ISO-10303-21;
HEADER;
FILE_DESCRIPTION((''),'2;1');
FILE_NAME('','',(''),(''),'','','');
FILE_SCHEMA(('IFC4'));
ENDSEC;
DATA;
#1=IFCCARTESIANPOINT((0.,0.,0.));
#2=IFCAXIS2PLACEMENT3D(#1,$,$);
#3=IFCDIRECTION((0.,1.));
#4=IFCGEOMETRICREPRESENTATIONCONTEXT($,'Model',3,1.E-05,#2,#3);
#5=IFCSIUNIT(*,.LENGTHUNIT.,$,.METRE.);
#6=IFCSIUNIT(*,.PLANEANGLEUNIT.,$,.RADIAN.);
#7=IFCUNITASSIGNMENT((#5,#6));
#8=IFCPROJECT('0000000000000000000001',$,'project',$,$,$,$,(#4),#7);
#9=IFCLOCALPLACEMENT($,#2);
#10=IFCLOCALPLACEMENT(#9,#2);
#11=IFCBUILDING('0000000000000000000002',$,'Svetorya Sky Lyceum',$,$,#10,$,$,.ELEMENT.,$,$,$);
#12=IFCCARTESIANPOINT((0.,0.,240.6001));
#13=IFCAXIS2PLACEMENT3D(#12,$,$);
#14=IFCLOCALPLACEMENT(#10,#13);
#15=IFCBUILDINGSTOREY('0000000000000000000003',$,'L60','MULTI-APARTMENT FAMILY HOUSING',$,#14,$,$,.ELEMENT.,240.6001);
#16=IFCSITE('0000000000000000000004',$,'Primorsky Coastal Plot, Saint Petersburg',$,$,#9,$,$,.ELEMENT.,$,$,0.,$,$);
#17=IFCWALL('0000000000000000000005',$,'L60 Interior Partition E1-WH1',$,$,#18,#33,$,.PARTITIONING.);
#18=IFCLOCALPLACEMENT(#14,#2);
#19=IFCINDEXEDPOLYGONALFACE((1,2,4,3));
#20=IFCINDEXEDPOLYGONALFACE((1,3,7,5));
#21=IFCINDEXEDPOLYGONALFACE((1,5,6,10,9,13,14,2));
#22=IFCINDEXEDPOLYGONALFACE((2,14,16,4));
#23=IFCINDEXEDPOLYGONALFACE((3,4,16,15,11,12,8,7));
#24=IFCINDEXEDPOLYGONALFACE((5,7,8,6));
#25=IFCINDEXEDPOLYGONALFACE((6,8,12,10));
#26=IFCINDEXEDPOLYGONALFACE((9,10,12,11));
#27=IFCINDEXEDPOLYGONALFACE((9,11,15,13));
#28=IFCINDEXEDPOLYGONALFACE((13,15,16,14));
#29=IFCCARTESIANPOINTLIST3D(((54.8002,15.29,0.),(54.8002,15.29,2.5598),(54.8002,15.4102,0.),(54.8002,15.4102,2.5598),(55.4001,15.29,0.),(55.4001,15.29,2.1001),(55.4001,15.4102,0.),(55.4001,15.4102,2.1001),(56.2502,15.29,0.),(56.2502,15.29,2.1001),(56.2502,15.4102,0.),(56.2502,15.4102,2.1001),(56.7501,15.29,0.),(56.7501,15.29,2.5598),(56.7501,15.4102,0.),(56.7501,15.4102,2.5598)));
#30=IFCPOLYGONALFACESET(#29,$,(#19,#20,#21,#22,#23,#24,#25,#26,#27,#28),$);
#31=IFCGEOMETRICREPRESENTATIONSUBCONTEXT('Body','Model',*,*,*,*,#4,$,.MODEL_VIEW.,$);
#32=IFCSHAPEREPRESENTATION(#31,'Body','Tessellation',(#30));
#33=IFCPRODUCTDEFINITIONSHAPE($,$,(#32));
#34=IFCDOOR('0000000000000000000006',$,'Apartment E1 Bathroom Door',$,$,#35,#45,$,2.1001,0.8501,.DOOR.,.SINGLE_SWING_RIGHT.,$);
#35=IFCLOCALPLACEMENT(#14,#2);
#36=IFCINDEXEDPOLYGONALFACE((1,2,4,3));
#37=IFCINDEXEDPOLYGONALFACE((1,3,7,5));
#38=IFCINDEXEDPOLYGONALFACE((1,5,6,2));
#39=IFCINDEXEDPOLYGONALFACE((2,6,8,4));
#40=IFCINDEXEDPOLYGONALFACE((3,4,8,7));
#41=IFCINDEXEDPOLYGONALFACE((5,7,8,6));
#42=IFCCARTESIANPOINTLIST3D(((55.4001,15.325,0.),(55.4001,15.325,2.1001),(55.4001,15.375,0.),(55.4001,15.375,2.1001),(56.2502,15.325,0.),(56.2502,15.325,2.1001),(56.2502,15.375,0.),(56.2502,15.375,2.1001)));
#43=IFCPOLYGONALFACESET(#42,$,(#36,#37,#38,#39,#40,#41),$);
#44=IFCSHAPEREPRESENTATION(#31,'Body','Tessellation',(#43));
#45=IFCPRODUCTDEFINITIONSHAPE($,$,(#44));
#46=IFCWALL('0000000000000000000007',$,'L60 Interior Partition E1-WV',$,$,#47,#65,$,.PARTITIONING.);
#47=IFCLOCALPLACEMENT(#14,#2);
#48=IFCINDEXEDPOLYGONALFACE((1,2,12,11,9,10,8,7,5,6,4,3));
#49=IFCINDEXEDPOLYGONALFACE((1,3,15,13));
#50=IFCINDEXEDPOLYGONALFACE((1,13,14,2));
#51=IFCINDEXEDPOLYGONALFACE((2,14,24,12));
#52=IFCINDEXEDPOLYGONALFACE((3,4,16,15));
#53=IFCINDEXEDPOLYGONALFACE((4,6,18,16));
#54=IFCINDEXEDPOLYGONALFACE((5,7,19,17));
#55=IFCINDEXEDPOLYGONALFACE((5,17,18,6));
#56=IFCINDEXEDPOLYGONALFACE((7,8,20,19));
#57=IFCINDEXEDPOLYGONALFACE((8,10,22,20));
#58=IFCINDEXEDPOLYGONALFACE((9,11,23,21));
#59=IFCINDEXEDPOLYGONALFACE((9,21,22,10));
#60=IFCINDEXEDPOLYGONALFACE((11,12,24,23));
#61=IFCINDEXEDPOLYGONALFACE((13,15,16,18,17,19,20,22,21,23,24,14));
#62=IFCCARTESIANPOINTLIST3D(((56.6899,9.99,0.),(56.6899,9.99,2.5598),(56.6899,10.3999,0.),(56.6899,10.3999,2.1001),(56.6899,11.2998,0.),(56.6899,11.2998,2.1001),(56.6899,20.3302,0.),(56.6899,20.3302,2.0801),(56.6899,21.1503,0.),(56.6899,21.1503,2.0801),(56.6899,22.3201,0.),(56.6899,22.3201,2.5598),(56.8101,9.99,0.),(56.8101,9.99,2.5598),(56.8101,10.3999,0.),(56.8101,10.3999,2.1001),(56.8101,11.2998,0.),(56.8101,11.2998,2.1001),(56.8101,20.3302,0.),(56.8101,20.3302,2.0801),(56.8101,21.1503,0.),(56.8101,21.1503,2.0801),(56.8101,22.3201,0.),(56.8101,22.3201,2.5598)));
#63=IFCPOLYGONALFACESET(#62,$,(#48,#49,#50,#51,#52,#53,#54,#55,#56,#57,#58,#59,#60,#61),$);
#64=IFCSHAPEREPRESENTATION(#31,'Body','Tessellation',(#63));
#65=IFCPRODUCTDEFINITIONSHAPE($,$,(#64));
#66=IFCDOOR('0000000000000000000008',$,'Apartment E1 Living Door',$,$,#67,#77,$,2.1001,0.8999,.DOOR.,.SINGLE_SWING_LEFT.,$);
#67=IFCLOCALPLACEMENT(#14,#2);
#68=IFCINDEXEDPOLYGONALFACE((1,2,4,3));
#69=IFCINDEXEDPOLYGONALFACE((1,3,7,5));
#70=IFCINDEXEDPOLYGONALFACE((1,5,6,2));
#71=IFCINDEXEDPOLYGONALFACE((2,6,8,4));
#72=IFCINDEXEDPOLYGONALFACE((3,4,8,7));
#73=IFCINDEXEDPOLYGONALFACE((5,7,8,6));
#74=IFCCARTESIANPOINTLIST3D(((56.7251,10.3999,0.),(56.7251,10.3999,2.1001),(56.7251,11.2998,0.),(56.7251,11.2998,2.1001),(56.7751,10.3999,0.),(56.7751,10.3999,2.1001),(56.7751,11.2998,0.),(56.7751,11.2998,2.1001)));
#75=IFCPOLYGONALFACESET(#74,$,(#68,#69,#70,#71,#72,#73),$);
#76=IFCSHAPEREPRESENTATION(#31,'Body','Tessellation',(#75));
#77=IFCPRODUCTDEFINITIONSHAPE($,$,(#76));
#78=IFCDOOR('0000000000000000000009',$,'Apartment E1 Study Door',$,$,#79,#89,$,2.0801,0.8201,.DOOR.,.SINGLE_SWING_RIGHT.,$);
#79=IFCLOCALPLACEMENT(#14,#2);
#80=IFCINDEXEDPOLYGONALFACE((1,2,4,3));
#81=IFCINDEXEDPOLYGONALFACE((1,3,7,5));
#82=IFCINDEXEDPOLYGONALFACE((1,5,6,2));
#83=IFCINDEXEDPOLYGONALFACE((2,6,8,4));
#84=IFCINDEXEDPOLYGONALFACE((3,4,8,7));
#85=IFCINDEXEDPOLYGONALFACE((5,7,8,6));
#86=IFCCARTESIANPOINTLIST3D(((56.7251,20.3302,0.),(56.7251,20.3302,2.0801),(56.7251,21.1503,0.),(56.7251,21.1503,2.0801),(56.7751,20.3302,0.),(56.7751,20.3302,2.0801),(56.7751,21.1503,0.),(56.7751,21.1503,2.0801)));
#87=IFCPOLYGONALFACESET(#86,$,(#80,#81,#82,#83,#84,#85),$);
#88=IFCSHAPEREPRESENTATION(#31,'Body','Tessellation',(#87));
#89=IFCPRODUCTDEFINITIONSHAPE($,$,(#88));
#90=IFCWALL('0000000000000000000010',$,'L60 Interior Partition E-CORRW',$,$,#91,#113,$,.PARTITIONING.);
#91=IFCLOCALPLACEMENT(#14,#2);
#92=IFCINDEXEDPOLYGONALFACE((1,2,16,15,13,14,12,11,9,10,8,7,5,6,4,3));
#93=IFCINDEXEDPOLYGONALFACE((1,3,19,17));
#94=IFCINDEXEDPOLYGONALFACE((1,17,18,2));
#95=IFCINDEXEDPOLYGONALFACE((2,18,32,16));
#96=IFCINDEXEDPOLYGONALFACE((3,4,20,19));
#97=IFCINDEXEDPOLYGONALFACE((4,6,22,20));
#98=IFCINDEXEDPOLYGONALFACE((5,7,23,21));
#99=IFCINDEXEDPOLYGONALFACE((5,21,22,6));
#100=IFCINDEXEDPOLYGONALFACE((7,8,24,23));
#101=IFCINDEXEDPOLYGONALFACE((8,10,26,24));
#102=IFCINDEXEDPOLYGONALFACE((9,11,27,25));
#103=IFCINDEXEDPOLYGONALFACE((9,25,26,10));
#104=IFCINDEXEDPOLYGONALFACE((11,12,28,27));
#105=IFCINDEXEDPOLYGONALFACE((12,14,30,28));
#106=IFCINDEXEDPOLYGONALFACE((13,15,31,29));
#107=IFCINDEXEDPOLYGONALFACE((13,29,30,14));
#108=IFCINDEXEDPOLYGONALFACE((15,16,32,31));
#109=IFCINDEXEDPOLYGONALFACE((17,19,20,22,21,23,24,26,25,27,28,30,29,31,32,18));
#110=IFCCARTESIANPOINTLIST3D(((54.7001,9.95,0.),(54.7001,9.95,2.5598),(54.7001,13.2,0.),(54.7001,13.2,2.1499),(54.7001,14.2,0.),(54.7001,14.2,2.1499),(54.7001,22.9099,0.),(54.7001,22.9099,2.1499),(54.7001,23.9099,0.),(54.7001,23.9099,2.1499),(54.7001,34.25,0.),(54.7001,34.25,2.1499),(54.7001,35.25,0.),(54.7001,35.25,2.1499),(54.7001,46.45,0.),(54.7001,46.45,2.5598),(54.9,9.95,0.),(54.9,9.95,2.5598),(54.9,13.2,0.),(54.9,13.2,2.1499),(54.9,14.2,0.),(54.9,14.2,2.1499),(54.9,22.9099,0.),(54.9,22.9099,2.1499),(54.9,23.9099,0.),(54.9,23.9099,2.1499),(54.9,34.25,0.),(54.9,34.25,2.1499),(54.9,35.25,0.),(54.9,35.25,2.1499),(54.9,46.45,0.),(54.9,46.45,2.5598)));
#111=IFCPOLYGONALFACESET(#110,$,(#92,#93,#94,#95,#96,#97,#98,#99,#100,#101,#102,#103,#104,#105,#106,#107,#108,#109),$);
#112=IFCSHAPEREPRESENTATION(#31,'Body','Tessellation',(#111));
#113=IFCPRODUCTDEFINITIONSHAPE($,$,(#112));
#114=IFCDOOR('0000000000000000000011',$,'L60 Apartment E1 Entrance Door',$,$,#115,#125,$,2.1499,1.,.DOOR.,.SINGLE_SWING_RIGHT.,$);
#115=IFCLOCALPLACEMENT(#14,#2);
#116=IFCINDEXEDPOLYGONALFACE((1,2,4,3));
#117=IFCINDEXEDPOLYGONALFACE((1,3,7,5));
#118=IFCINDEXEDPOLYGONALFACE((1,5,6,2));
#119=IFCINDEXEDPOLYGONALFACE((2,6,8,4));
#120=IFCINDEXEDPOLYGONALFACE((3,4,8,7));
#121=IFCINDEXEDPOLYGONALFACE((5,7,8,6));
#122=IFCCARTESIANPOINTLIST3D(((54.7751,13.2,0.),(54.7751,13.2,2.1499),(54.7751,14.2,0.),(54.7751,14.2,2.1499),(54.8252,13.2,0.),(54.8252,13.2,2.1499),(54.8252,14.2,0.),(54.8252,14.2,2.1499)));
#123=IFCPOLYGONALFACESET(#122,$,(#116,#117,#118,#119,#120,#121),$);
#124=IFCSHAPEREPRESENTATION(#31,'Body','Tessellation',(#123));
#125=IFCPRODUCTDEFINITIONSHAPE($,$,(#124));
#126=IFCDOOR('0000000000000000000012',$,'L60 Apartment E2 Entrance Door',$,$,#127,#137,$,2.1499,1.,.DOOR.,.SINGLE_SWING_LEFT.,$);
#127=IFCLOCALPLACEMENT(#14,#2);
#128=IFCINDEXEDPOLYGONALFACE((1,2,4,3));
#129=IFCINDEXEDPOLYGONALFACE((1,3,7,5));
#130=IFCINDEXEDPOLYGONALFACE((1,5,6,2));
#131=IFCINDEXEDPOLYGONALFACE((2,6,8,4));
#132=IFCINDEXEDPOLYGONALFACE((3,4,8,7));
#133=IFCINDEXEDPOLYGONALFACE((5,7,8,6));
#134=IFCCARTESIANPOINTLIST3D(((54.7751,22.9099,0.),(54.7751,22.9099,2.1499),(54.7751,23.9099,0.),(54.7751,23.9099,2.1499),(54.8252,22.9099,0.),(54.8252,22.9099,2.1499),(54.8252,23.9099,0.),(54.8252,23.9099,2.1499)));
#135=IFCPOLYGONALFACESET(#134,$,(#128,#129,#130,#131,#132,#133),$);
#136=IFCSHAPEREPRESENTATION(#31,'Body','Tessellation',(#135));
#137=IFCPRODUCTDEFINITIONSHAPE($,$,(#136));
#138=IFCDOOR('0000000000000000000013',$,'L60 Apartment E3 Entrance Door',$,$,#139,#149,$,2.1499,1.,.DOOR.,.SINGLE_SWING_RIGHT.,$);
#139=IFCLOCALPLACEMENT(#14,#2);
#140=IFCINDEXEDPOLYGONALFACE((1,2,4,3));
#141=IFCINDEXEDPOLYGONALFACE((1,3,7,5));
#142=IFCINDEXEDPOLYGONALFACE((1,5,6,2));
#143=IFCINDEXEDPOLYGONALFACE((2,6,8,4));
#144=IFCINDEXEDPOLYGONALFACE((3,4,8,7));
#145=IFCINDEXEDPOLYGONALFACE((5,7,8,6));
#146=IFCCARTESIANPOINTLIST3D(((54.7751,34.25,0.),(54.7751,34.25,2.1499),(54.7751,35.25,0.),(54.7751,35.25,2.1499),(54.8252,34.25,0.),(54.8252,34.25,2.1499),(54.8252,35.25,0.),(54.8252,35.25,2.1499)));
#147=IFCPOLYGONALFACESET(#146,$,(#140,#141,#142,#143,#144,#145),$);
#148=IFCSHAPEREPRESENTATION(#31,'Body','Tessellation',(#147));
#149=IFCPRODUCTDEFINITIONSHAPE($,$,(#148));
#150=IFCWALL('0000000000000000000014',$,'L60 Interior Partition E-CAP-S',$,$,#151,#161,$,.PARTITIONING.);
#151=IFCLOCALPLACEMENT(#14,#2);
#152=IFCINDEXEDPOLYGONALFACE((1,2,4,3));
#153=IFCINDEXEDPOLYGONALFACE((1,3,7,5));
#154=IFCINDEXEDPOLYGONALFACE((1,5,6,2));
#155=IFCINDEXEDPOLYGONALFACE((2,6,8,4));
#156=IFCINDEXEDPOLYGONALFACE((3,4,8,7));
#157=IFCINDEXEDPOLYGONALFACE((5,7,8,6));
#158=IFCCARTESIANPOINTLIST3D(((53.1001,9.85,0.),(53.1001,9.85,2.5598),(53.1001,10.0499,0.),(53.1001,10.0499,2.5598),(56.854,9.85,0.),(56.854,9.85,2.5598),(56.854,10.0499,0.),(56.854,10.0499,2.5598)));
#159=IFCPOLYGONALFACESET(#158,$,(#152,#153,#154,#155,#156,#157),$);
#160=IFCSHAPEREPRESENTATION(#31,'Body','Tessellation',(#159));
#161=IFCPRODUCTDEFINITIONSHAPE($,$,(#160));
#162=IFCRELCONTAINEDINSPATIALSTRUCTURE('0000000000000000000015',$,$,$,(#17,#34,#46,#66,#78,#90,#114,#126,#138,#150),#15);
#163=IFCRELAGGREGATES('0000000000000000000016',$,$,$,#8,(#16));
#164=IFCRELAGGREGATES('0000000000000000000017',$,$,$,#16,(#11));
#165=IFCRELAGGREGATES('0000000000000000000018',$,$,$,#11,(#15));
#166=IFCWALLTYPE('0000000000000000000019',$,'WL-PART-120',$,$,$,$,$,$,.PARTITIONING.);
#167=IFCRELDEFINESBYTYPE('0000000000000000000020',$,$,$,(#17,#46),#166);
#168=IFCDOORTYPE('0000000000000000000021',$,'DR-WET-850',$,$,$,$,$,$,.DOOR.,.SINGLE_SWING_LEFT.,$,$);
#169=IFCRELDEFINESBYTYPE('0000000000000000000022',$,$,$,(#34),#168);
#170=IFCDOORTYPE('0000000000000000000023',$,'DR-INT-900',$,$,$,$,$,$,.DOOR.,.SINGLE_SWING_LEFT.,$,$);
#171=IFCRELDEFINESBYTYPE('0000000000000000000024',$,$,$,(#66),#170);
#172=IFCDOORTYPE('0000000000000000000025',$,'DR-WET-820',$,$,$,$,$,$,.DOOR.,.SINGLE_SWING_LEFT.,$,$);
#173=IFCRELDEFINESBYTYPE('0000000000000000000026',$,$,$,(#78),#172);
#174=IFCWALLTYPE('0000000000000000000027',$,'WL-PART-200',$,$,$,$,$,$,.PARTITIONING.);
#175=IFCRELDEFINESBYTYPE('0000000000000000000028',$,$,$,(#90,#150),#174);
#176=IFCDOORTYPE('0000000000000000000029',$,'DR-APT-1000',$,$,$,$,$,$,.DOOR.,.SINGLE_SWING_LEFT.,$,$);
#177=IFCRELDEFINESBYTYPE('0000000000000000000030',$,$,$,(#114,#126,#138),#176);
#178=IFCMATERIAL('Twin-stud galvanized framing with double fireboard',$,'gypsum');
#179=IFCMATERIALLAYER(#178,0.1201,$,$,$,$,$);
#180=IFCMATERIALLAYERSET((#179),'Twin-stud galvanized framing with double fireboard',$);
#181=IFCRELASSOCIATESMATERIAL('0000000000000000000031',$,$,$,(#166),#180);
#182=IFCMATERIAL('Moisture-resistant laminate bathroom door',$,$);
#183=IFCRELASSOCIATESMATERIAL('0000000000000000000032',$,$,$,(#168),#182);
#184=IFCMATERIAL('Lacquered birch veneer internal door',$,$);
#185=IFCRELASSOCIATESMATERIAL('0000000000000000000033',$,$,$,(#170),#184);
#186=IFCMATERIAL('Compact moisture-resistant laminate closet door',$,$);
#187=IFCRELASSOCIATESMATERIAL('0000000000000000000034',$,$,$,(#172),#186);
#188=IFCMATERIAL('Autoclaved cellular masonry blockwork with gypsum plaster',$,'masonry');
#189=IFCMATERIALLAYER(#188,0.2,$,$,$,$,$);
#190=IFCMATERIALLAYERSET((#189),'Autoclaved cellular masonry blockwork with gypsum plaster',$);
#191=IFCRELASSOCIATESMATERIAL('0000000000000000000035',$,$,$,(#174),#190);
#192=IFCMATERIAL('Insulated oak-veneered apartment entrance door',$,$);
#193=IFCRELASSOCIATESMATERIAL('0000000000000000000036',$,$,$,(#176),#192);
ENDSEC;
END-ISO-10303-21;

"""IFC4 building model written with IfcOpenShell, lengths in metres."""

from ifc_helpers import new_model, si_unit, direction, frame, frame_2d, origin, place, context, subcontext, project, spatial, rectangle, extrude, material, layer, layer_set, type_object, element, fill, save


model = new_model("IFC4")

# Units and contexts
model_context = context("Model", 3, precision=1e-05, world=origin(), true_north=direction((0.0, 1.0)))
body_context = subcontext(model_context, "Body", "Model", "MODEL_VIEW")
ifc_project = project(units=[si_unit("LENGTHUNIT", "METRE"), si_unit("PLANEANGLEUNIT", "RADIAN")], contexts=[model_context])

# Site, building, storey
site_placement = place(None, origin())
site = spatial("IfcSite", under=ifc_project, at=site_placement, Name="Primorsky Coastal Plot, Saint Petersburg", CompositionType="ELEMENT", RefElevation=0.0)
building_placement = place(site_placement, origin())
building = spatial("IfcBuilding", under=site, at=building_placement, Name="Svetorya Sky Lyceum", CompositionType="ELEMENT")
storey_placement = place(building_placement, frame((0.0, 0.0, 240.6001)))
storey = spatial("IfcBuildingStorey", under=building, at=storey_placement, Name="L60", Description="MULTI-APARTMENT FAMILY HOUSING", CompositionType="ELEMENT", Elevation=240.6001)

# Wall, opening, door
ifc_material_1 = material(Name="Twin-stud galvanized framing with double fireboard", Category="gypsum")
ifc_layer_1 = layer(ifc_material_1, 0.1201)
ifc_layer_set_1 = layer_set([ifc_layer_1], Name="Twin-stud galvanized framing with double fireboard")
wall_type_1 = type_object("IfcWallType", Name="WL-PART-120", PredefinedType="PARTITIONING", material=ifc_layer_set_1)
wall_1_placement = place(storey_placement, frame((54.8, 15.3501, 0.0), z_axis=(0.0, 0.0, 1.0), x_axis=(1.0, 0.0, 0.0)))
wall_1 = element("IfcWall", 1, at=wall_1_placement, inside=storey, type_object=wall_type_1, Name="L60 Interior Partition E1-WH1", PredefinedType="PARTITIONING", context=body_context, shape_type="SweptSolid", body=[
    extrude(rectangle(XDim=1.95, YDim=0.1201, at=frame_2d((0.9751, 0.0))), origin(), (0.0, 0.0, 1.0), 2.5598),
])
opening_1_placement = place(wall_1_placement, frame((0.6001, 0.0, 0.0)))
opening_1 = element("IfcOpeningElement", 2, at=opening_1_placement, cuts=wall_1, PredefinedType="OPENING", context=body_context, shape_type="SweptSolid", body=[
    extrude(rectangle(XDim=0.8501, YDim=2.1001, at=frame_2d((0.425, 1.05))), frame((0.0, 0.0701, 0.0), z_axis=(0.0, -1.0, 0.0), x_axis=(1.0, 0.0, 0.0)), (0.0, 0.0, 1.0), 0.1401),
])
ifc_material_2 = material(Name="Moisture-resistant laminate bathroom door")
door_type_1 = type_object("IfcDoorType", Name="DR-WET-850", OperationType="SINGLE_SWING_LEFT", PredefinedType="DOOR", material=ifc_material_2)
door_1_placement = place(opening_1_placement, origin())
door_1 = element("IfcDoor", 3, at=door_1_placement, inside=storey, type_object=door_type_1, Name="Apartment E1 Bathroom Door", OperationType="SINGLE_SWING_RIGHT", OverallHeight=2.1001, OverallWidth=0.8501, PredefinedType="DOOR", context=body_context, shape_type="SweptSolid", body=[
    extrude(rectangle(XDim=0.8501, YDim=2.1001, at=frame_2d((0.425, 1.05))), frame((0.0, 0.0249, 0.0), z_axis=(0.0, -1.0, 0.0), x_axis=(1.0, 0.0, 0.0)), (0.0, 0.0, 1.0), 0.05),
])
fill(opening_1, door_1)

# Walls, openings, doors
wall_2_placement = place(storey_placement, frame((56.75, 9.99, 0.0), z_axis=(0.0, 0.0, 1.0), x_axis=(0.0, 1.0, 0.0)))
wall_2 = element("IfcWall", 4, at=wall_2_placement, inside=storey, type_object=wall_type_1, Name="L60 Interior Partition E1-WV", PredefinedType="PARTITIONING", context=body_context, shape_type="SweptSolid", body=[
    extrude(rectangle(XDim=12.3301, YDim=0.1201, at=frame_2d((6.165, 0.0))), origin(), (0.0, 0.0, 1.0), 2.5598),
])
opening_2_placement = place(wall_2_placement, frame((0.4099, 0.0, 0.0)))
opening_2 = element("IfcOpeningElement", 5, at=opening_2_placement, cuts=wall_2, PredefinedType="OPENING", context=body_context, shape_type="SweptSolid", body=[
    extrude(rectangle(XDim=0.8999, YDim=2.1001, at=frame_2d((0.45, 1.05))), frame((0.0, 0.0701, 0.0), z_axis=(0.0, -1.0, 0.0), x_axis=(1.0, 0.0, 0.0)), (0.0, 0.0, 1.0), 0.1401),
])
opening_3_placement = place(wall_2_placement, frame((10.3401, 0.0, 0.0)))
opening_3 = element("IfcOpeningElement", 6, at=opening_3_placement, cuts=wall_2, PredefinedType="OPENING", context=body_context, shape_type="SweptSolid", body=[
    extrude(rectangle(XDim=0.8201, YDim=2.0801, at=frame_2d((0.4102, 1.04))), frame((0.0, 0.0701, 0.0), z_axis=(0.0, -1.0, 0.0), x_axis=(1.0, 0.0, 0.0)), (0.0, 0.0, 1.0), 0.1401),
])
ifc_material_3 = material(Name="Lacquered birch veneer internal door")
door_type_2 = type_object("IfcDoorType", Name="DR-INT-900", OperationType="SINGLE_SWING_LEFT", PredefinedType="DOOR", material=ifc_material_3)
door_2_placement = place(opening_2_placement, origin())
door_2 = element("IfcDoor", 7, at=door_2_placement, inside=storey, type_object=door_type_2, Name="Apartment E1 Living Door", OperationType="SINGLE_SWING_LEFT", OverallHeight=2.1001, OverallWidth=0.8999, PredefinedType="DOOR", context=body_context, shape_type="SweptSolid", body=[
    extrude(rectangle(XDim=0.8999, YDim=2.1001, at=frame_2d((0.45, 1.05))), frame((0.0, 0.0249, 0.0), z_axis=(0.0, -1.0, 0.0), x_axis=(1.0, 0.0, 0.0)), (0.0, 0.0, 1.0), 0.05),
])
fill(opening_2, door_2)
ifc_material_4 = material(Name="Compact moisture-resistant laminate closet door")
door_type_3 = type_object("IfcDoorType", Name="DR-WET-820", OperationType="SINGLE_SWING_LEFT", PredefinedType="DOOR", material=ifc_material_4)
door_3_placement = place(opening_3_placement, origin())
door_3 = element("IfcDoor", 8, at=door_3_placement, inside=storey, type_object=door_type_3, Name="Apartment E1 Study Door", OperationType="SINGLE_SWING_RIGHT", OverallHeight=2.0801, OverallWidth=0.8201, PredefinedType="DOOR", context=body_context, shape_type="SweptSolid", body=[
    extrude(rectangle(XDim=0.8201, YDim=2.0801, at=frame_2d((0.4102, 1.04))), frame((0.0, 0.0249, 0.0), z_axis=(0.0, -1.0, 0.0), x_axis=(1.0, 0.0, 0.0)), (0.0, 0.0, 1.0), 0.05),
])
fill(opening_3, door_3)
ifc_material_5 = material(Name="Autoclaved cellular masonry blockwork with gypsum plaster", Category="masonry")
ifc_layer_2 = layer(ifc_material_5, 0.2)
ifc_layer_set_2 = layer_set([ifc_layer_2], Name="Autoclaved cellular masonry blockwork with gypsum plaster")
wall_type_2 = type_object("IfcWallType", Name="WL-PART-200", PredefinedType="PARTITIONING", material=ifc_layer_set_2)
wall_3_placement = place(storey_placement, frame((54.8, 9.95, 0.0), z_axis=(0.0, 0.0, 1.0), x_axis=(0.0, 1.0, 0.0)))
wall_3 = element("IfcWall", 9, at=wall_3_placement, inside=storey, type_object=wall_type_2, Name="L60 Interior Partition E-CORRW", PredefinedType="PARTITIONING", context=body_context, shape_type="SweptSolid", body=[
    extrude(rectangle(XDim=36.5, YDim=0.2, at=frame_2d((18.25, 0.0))), origin(), (0.0, 0.0, 1.0), 2.5598),
])
opening_4_placement = place(wall_3_placement, frame((3.25, 0.0, 0.0)))
opening_4 = element("IfcOpeningElement", 10, at=opening_4_placement, cuts=wall_3, PredefinedType="OPENING", context=body_context, shape_type="SweptSolid", body=[
    extrude(rectangle(XDim=1.0, YDim=2.1499, at=frame_2d((0.5, 1.075))), frame((0.0, 0.1099, 0.0), z_axis=(0.0, -1.0, 0.0), x_axis=(1.0, 0.0, 0.0)), (0.0, 0.0, 1.0), 0.22),
])
opening_5_placement = place(wall_3_placement, frame((12.96, 0.0, 0.0)))
opening_5 = element("IfcOpeningElement", 11, at=opening_5_placement, cuts=wall_3, PredefinedType="OPENING", context=body_context, shape_type="SweptSolid", body=[
    extrude(rectangle(XDim=1.0, YDim=2.1499, at=frame_2d((0.5, 1.075))), frame((0.0, 0.1099, 0.0), z_axis=(0.0, -1.0, 0.0), x_axis=(1.0, 0.0, 0.0)), (0.0, 0.0, 1.0), 0.22),
])
opening_6_placement = place(wall_3_placement, frame((24.3, 0.0, 0.0)))
opening_6 = element("IfcOpeningElement", 12, at=opening_6_placement, cuts=wall_3, PredefinedType="OPENING", context=body_context, shape_type="SweptSolid", body=[
    extrude(rectangle(XDim=1.0, YDim=2.1499, at=frame_2d((0.5, 1.075))), frame((0.0, 0.1099, 0.0), z_axis=(0.0, -1.0, 0.0), x_axis=(1.0, 0.0, 0.0)), (0.0, 0.0, 1.0), 0.22),
])
ifc_material_6 = material(Name="Insulated oak-veneered apartment entrance door")
door_type_4 = type_object("IfcDoorType", Name="DR-APT-1000", OperationType="SINGLE_SWING_LEFT", PredefinedType="DOOR", material=ifc_material_6)
door_4_placement = place(opening_4_placement, origin())
door_4 = element("IfcDoor", 13, at=door_4_placement, inside=storey, type_object=door_type_4, Name="L60 Apartment E1 Entrance Door", OperationType="SINGLE_SWING_RIGHT", OverallHeight=2.1499, OverallWidth=1.0, PredefinedType="DOOR", context=body_context, shape_type="SweptSolid", body=[
    extrude(rectangle(XDim=1.0, YDim=2.1499, at=frame_2d((0.5, 1.075))), frame((0.0, 0.0249, 0.0), z_axis=(0.0, -1.0, 0.0), x_axis=(1.0, 0.0, 0.0)), (0.0, 0.0, 1.0), 0.05),
])
fill(opening_4, door_4)
door_5_placement = place(opening_5_placement, origin())
door_5 = element("IfcDoor", 14, at=door_5_placement, inside=storey, type_object=door_type_4, Name="L60 Apartment E2 Entrance Door", OperationType="SINGLE_SWING_LEFT", OverallHeight=2.1499, OverallWidth=1.0, PredefinedType="DOOR", context=body_context, shape_type="SweptSolid", body=[
    extrude(rectangle(XDim=1.0, YDim=2.1499, at=frame_2d((0.5, 1.075))), frame((0.0, 0.0249, 0.0), z_axis=(0.0, -1.0, 0.0), x_axis=(1.0, 0.0, 0.0)), (0.0, 0.0, 1.0), 0.05),
])
fill(opening_5, door_5)
door_6_placement = place(opening_6_placement, origin())
door_6 = element("IfcDoor", 15, at=door_6_placement, inside=storey, type_object=door_type_4, Name="L60 Apartment E3 Entrance Door", OperationType="SINGLE_SWING_RIGHT", OverallHeight=2.1499, OverallWidth=1.0, PredefinedType="DOOR", context=body_context, shape_type="SweptSolid", body=[
    extrude(rectangle(XDim=1.0, YDim=2.1499, at=frame_2d((0.5, 1.075))), frame((0.0, 0.0249, 0.0), z_axis=(0.0, -1.0, 0.0), x_axis=(1.0, 0.0, 0.0)), (0.0, 0.0, 1.0), 0.05),
])
fill(opening_6, door_6)

# Wall
wall_4_placement = place(storey_placement, frame((53.1001, 9.95, 0.0), z_axis=(0.0, 0.0, 1.0), x_axis=(1.0, 0.0, 0.0)))
element("IfcWall", 16, at=wall_4_placement, inside=storey, type_object=wall_type_2, Name="L60 Interior Partition E-CAP-S", PredefinedType="PARTITIONING", context=body_context, shape_type="SweptSolid", body=[
    extrude(rectangle(XDim=3.7539, YDim=0.2, at=frame_2d((1.877, 0.0))), origin(), (0.0, 0.0, 1.0), 2.5598),
])

save(model, "model.ifc")
